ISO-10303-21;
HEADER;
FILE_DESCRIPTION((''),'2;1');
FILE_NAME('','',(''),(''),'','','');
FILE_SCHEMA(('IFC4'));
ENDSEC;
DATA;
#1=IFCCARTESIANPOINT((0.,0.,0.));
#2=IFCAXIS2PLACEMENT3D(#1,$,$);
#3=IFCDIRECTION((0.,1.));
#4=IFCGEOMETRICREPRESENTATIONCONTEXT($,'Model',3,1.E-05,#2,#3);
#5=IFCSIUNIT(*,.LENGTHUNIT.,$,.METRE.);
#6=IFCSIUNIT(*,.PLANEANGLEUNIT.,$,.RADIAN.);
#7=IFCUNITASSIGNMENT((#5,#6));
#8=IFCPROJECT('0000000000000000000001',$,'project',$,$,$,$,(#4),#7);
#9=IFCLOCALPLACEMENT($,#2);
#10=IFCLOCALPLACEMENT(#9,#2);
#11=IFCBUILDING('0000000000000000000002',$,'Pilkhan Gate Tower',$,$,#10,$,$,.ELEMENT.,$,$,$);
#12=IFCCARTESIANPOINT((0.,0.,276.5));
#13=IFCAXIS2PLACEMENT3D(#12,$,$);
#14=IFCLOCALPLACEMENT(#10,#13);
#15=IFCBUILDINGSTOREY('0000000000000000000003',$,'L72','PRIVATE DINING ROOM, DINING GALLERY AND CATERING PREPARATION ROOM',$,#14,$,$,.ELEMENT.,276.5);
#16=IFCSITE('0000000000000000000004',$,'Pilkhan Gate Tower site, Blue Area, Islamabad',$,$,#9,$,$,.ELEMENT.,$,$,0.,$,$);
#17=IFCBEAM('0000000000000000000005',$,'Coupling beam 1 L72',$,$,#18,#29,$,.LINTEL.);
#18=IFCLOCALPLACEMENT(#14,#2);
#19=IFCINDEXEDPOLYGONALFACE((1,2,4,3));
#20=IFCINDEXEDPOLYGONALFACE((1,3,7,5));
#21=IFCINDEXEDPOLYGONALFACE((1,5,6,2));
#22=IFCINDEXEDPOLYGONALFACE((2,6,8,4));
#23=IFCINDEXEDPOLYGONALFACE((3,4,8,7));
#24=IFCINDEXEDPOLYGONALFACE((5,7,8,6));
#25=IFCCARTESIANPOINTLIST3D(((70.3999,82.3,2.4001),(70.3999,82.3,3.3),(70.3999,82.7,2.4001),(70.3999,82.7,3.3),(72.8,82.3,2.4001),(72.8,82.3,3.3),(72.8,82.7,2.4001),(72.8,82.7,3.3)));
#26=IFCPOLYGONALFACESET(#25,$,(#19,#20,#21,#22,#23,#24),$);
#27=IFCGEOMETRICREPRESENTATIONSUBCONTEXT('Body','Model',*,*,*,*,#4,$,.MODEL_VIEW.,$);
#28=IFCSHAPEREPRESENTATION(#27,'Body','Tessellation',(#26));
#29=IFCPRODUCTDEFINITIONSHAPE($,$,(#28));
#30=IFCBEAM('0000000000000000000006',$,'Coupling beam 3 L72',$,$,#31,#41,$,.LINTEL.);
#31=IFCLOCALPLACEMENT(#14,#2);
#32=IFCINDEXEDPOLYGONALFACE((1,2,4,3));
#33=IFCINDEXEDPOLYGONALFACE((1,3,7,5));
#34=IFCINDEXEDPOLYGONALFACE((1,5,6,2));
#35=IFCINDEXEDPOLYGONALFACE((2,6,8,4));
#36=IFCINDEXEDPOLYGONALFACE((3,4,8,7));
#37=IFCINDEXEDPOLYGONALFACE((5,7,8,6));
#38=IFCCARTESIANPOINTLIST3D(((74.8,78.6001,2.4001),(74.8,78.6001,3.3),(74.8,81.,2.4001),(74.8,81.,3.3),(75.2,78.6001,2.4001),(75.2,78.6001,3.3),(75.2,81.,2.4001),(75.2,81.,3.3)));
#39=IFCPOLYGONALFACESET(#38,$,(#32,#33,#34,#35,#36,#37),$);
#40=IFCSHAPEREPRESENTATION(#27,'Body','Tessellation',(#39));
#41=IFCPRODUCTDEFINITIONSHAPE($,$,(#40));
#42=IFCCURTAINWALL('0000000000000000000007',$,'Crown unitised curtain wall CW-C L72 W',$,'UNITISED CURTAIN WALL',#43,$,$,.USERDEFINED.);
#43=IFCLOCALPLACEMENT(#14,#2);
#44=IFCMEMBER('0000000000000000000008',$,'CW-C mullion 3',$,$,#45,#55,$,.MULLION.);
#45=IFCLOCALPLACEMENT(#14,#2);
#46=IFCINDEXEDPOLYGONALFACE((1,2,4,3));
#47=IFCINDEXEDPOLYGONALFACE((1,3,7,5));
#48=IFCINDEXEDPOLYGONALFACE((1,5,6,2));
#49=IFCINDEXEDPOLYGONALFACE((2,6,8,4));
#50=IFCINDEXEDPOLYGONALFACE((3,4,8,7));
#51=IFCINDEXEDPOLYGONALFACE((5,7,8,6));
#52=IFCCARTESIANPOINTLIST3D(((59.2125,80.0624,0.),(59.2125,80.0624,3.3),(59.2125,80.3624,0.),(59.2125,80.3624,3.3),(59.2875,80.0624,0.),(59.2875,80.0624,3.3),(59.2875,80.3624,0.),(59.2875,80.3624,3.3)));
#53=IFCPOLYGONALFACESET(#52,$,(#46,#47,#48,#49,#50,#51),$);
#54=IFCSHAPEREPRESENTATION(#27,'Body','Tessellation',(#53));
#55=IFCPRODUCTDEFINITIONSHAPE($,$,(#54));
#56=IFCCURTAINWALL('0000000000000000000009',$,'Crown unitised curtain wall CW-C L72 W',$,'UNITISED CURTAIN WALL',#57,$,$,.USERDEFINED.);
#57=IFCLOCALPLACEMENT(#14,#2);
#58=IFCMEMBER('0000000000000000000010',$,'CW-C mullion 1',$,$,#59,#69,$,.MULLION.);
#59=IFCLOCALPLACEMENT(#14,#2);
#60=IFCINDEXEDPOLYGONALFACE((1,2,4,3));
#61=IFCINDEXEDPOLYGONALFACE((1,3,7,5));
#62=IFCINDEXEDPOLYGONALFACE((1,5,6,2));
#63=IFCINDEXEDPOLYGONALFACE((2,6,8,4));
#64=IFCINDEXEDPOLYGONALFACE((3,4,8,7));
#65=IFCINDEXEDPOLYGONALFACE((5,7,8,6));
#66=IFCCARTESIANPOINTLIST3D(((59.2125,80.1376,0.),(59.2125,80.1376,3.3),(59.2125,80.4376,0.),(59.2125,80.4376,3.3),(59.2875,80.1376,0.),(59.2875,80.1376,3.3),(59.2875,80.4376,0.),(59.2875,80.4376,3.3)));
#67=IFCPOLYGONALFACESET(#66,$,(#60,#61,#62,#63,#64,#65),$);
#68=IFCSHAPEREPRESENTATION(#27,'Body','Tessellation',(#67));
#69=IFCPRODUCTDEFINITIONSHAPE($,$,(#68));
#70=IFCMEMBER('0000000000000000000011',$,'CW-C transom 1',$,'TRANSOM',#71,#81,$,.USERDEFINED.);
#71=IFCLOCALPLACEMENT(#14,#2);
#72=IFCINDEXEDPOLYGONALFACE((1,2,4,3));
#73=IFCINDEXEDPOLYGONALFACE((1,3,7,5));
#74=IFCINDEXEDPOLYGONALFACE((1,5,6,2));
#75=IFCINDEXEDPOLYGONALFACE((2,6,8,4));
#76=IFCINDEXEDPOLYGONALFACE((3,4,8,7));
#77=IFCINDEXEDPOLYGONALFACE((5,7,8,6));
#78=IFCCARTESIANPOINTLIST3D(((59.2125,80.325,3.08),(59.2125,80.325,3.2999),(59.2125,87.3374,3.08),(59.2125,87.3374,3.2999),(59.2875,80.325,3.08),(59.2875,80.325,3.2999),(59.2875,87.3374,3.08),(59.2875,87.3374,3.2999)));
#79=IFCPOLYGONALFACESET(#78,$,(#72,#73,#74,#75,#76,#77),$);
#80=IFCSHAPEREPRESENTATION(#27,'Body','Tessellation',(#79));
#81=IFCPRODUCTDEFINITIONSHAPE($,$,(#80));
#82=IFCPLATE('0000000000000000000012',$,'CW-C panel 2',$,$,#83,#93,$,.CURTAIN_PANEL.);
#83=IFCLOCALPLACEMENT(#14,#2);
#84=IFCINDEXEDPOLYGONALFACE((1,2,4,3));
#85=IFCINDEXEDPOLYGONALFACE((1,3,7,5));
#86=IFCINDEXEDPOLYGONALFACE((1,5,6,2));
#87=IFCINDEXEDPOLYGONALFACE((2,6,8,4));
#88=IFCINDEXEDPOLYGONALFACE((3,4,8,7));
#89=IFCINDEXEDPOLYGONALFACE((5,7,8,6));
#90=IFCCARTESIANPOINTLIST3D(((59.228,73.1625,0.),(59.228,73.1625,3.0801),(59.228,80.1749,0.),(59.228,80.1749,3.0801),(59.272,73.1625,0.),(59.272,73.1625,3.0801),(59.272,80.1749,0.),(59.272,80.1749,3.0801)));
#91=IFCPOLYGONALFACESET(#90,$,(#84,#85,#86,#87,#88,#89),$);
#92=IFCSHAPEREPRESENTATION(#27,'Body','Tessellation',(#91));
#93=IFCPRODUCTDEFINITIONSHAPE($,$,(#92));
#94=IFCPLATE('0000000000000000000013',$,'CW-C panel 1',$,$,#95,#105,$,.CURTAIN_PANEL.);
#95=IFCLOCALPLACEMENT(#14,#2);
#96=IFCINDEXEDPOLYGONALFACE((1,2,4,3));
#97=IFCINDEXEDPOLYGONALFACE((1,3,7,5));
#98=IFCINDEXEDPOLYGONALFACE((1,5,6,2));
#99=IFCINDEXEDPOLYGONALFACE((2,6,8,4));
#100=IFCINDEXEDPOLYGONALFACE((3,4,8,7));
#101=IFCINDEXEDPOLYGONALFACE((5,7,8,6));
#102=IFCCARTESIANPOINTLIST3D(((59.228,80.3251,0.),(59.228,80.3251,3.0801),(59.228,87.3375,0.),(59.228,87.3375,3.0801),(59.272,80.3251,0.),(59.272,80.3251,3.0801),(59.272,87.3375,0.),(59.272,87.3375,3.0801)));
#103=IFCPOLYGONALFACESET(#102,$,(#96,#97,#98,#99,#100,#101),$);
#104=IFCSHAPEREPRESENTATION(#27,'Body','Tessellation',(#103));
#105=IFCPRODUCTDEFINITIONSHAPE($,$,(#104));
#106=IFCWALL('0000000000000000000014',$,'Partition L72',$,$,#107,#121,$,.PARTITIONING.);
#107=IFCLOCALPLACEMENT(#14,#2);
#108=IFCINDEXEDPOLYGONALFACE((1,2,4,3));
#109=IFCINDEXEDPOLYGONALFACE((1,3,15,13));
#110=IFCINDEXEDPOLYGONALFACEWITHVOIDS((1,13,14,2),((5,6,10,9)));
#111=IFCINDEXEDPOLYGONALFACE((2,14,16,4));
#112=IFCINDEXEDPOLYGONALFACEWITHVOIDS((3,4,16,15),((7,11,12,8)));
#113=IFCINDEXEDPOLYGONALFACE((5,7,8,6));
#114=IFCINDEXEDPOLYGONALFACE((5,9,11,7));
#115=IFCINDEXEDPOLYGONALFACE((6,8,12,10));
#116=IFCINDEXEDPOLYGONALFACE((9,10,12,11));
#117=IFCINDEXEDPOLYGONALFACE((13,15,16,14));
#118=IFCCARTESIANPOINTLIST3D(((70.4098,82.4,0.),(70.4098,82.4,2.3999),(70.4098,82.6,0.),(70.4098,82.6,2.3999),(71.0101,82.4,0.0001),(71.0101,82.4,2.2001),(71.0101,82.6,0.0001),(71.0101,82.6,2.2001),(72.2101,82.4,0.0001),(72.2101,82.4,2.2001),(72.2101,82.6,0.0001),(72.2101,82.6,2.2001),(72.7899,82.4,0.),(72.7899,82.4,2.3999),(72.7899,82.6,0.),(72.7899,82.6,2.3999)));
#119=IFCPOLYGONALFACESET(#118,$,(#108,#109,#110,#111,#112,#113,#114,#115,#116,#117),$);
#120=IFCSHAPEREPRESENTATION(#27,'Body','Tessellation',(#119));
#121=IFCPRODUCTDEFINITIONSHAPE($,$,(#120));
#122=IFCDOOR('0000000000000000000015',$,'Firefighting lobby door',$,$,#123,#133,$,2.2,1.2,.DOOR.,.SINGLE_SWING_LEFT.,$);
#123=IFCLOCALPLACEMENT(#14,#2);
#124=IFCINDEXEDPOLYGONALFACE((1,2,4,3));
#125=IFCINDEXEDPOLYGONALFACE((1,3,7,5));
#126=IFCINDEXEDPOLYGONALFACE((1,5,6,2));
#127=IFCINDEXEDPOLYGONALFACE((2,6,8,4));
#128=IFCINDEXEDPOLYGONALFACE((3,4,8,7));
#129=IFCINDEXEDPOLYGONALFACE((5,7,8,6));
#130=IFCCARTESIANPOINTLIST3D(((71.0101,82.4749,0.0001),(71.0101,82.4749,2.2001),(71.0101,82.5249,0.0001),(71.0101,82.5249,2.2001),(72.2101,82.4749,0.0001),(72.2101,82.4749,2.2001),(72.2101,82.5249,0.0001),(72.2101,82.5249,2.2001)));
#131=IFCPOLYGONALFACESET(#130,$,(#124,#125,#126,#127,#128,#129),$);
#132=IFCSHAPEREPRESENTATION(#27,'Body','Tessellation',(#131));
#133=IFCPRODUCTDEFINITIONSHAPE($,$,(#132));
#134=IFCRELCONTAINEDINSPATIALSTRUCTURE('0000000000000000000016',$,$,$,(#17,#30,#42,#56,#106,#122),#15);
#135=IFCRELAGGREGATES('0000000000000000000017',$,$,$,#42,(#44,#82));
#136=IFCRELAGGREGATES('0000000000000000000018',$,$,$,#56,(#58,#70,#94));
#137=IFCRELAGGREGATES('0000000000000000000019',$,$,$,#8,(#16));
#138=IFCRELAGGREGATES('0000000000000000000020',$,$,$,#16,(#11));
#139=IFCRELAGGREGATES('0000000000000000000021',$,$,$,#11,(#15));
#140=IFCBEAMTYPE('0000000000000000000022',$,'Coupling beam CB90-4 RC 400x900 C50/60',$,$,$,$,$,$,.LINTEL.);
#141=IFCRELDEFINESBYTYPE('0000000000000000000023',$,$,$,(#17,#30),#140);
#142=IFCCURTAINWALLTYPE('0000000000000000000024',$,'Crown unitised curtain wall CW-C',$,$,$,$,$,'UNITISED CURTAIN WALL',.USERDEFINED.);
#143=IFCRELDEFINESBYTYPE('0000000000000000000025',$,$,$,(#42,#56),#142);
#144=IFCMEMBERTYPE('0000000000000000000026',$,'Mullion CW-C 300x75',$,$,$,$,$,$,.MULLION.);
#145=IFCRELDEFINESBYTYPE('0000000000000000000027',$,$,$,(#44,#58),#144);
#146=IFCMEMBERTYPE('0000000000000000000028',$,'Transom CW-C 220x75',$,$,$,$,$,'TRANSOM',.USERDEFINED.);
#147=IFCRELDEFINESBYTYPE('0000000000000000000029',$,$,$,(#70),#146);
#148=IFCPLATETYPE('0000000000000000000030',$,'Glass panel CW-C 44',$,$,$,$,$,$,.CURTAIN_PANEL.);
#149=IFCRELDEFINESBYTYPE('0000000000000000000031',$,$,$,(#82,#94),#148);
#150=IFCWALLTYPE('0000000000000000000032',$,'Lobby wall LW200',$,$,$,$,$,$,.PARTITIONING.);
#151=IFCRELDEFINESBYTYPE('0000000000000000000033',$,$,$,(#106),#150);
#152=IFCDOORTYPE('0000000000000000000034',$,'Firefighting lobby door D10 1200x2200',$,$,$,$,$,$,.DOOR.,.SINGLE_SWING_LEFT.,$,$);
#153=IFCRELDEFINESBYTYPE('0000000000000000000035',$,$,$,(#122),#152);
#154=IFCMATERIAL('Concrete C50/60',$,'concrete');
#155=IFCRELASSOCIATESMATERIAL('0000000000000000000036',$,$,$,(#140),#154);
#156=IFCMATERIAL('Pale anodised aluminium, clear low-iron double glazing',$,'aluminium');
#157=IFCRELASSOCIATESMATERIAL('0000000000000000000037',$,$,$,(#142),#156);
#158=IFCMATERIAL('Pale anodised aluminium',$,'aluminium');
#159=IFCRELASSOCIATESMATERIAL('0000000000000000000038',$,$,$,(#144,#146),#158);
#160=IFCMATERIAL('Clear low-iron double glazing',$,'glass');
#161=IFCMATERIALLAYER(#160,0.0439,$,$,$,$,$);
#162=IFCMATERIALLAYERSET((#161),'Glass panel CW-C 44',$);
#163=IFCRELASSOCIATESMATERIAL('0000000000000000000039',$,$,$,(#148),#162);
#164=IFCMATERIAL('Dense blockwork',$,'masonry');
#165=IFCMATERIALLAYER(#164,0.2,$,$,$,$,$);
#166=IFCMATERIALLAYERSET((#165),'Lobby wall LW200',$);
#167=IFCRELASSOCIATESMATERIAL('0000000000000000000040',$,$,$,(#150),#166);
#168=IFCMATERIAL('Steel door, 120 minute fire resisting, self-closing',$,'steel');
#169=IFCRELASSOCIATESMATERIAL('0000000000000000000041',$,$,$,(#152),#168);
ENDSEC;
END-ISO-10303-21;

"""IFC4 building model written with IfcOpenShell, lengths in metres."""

from ifc_helpers import new_model, si_unit, direction, frame, frame_2d, origin, origin_2d, place, context, subcontext, project, spatial, rectangle, extrude, material, layer, layer_set, material_profile, profile_set, type_object, element, fill, aggregate, save


model = new_model("IFC4")

# Units and contexts
model_context = context("Model", 3, precision=1e-05, world=origin(), true_north=direction((0.0, 1.0)))
body_context = subcontext(model_context, "Body", "Model", "MODEL_VIEW")
ifc_project = project(units=[si_unit("LENGTHUNIT", "METRE"), si_unit("PLANEANGLEUNIT", "RADIAN")], contexts=[model_context])

# Site, building, storey
site_placement = place(None, origin())
site = spatial("IfcSite", under=ifc_project, at=site_placement, Name="Pilkhan Gate Tower site, Blue Area, Islamabad", CompositionType="ELEMENT", RefElevation=0.0)
building_placement = place(site_placement, origin())
building = spatial("IfcBuilding", under=site, at=building_placement, Name="Pilkhan Gate Tower", CompositionType="ELEMENT")
storey_placement = place(building_placement, frame((0.0, 0.0, 276.5)))
storey = spatial("IfcBuildingStorey", under=building, at=storey_placement, Name="L72", Description="PRIVATE DINING ROOM, DINING GALLERY AND CATERING PREPARATION ROOM", CompositionType="ELEMENT", Elevation=276.5)

# Beams
ifc_material_1 = material(Name="Concrete C50/60", Category="concrete")
ifc_material_profile_1 = material_profile(ifc_material_1, rectangle(XDim=0.3999, YDim=0.8999, at=origin_2d()), Name="RC 400x900")
ifc_profile_set_1 = profile_set([ifc_material_profile_1], Name="Concrete C50/60")
beam_type = type_object("IfcBeamType", Name="Coupling beam CB90-4 RC 400x900 C50/60", PredefinedType="LINTEL", material=ifc_profile_set_1)
beam_1_placement = place(storey_placement, frame((70.3999, 82.5, 2.8501), z_axis=(1.0, 0.0, 0.0), x_axis=(0.0, 1.0, 0.0)))
element("IfcBeam", 1, at=beam_1_placement, inside=storey, type_object=beam_type, Name="Coupling beam 1 L72", PredefinedType="LINTEL", context=body_context, shape_type="SweptSolid", body=[
    extrude(rectangle(XDim=0.3999, YDim=0.8999, at=origin_2d()), origin(), (0.0, 0.0, 1.0), 2.4001),
])
beam_2_placement = place(storey_placement, frame((75.0, 78.6001, 2.8501), z_axis=(0.0, 1.0, 0.0), x_axis=(-1.0, 0.0, 0.0)))
element("IfcBeam", 2, at=beam_2_placement, inside=storey, type_object=beam_type, Name="Coupling beam 3 L72", PredefinedType="LINTEL", context=body_context, shape_type="SweptSolid", body=[
    extrude(rectangle(XDim=0.3999, YDim=0.8999, at=origin_2d()), origin(), (0.0, 0.0, 1.0), 2.3999),
])

# Curtain wall, member
ifc_material_2 = material(Name="Pale anodised aluminium, clear low-iron double glazing", Category="aluminium")
curtain_wall_type = type_object("IfcCurtainWallType", Name="Crown unitised curtain wall CW-C", ElementType="UNITISED CURTAIN WALL", PredefinedType="USERDEFINED", material=ifc_material_2)
curtain_wall_1_placement = place(storey_placement, origin())
curtain_wall_1 = element("IfcCurtainWall", 3, at=curtain_wall_1_placement, inside=storey, type_object=curtain_wall_type, Name="Crown unitised curtain wall CW-C L72 W", ObjectType="UNITISED CURTAIN WALL", PredefinedType="USERDEFINED")
ifc_material_3 = material(Name="Pale anodised aluminium", Category="aluminium")
ifc_material_profile_2 = material_profile(ifc_material_3, rectangle(XDim=0.075, YDim=0.3, at=origin_2d()), Name="Mullion 300x75")
ifc_profile_set_2 = profile_set([ifc_material_profile_2], Name="Pale anodised aluminium")
member_type_1 = type_object("IfcMemberType", Name="Mullion CW-C 300x75", PredefinedType="MULLION", material=ifc_profile_set_2)
member_1_placement = place(storey_placement, frame((59.25, 80.2124, 0.0), z_axis=(0.0, 0.0, 1.0), x_axis=(-1.0, 0.0, 0.0)))
member_1 = element("IfcMember", 4, at=member_1_placement, type_object=member_type_1, Name="CW-C mullion 3", PredefinedType="MULLION", context=body_context, shape_type="SweptSolid", body=[
    extrude(rectangle(XDim=0.075, YDim=0.3, at=origin_2d()), origin(), (0.0, 0.0, 1.0), 3.3),
])

# Curtain wall, members
curtain_wall_2_placement = place(storey_placement, origin())
curtain_wall_2 = element("IfcCurtainWall", 5, at=curtain_wall_2_placement, inside=storey, type_object=curtain_wall_type, Name="Crown unitised curtain wall CW-C L72 W", ObjectType="UNITISED CURTAIN WALL", PredefinedType="USERDEFINED")
member_2_placement = place(storey_placement, frame((59.25, 80.2876, 0.0), z_axis=(0.0, 0.0, 1.0), x_axis=(-1.0, 0.0, 0.0)))
member_2 = element("IfcMember", 6, at=member_2_placement, type_object=member_type_1, Name="CW-C mullion 1", PredefinedType="MULLION", context=body_context, shape_type="SweptSolid", body=[
    extrude(rectangle(XDim=0.075, YDim=0.3, at=origin_2d()), origin(), (0.0, 0.0, 1.0), 3.3),
])
ifc_material_profile_3 = material_profile(ifc_material_3, rectangle(XDim=0.075, YDim=0.22, at=origin_2d()), Name="Transom 220x75")
ifc_profile_set_3 = profile_set([ifc_material_profile_3], Name="Pale anodised aluminium")
member_type_2 = type_object("IfcMemberType", Name="Transom CW-C 220x75", ElementType="TRANSOM", PredefinedType="USERDEFINED", material=ifc_profile_set_3)
member_3_placement = place(storey_placement, frame((59.25, 80.325, 3.1899), z_axis=(0.0, 1.0, 0.0), x_axis=(-1.0, 0.0, 0.0)))
member_3 = element("IfcMember", 7, at=member_3_placement, type_object=member_type_2, Name="CW-C transom 1", ObjectType="TRANSOM", PredefinedType="USERDEFINED", context=body_context, shape_type="SweptSolid", body=[
    extrude(rectangle(XDim=0.075, YDim=0.22, at=origin_2d()), origin(), (0.0, 0.0, 1.0), 7.0125),
])

# Plates
ifc_material_4 = material(Name="Clear low-iron double glazing", Category="glass")
ifc_layer_1 = layer(ifc_material_4, 0.0439)
ifc_layer_set_1 = layer_set([ifc_layer_1], Name="Glass panel CW-C 44")
plate_type = type_object("IfcPlateType", Name="Glass panel CW-C 44", PredefinedType="CURTAIN_PANEL", material=ifc_layer_set_1)
plate_1_placement = place(storey_placement, frame((59.25, 76.6687, 0.0), z_axis=(0.0, 0.0, 1.0), x_axis=(0.0, 1.0, 0.0)))
plate_1 = element("IfcPlate", 8, at=plate_1_placement, type_object=plate_type, Name="CW-C panel 2", PredefinedType="CURTAIN_PANEL", context=body_context, shape_type="SweptSolid", body=[
    extrude(rectangle(XDim=7.0125, YDim=0.0439, at=origin_2d()), origin(), (0.0, 0.0, 1.0), 3.0801),
])
aggregate(curtain_wall_1, [member_1, plate_1])
plate_2_placement = place(storey_placement, frame((59.25, 83.8313, 0.0), z_axis=(0.0, 0.0, 1.0), x_axis=(0.0, 1.0, 0.0)))
plate_2 = element("IfcPlate", 9, at=plate_2_placement, type_object=plate_type, Name="CW-C panel 1", PredefinedType="CURTAIN_PANEL", context=body_context, shape_type="SweptSolid", body=[
    extrude(rectangle(XDim=7.0125, YDim=0.0439, at=origin_2d()), origin(), (0.0, 0.0, 1.0), 3.0801),
])
aggregate(curtain_wall_2, [member_2, member_3, plate_2])

# Wall, opening, door
ifc_material_5 = material(Name="Dense blockwork", Category="masonry")
ifc_layer_2 = layer(ifc_material_5, 0.2)
ifc_layer_set_2 = layer_set([ifc_layer_2], Name="Lobby wall LW200")
wall_type_1 = type_object("IfcWallType", Name="Lobby wall LW200", PredefinedType="PARTITIONING", material=ifc_layer_set_2)
wall_1_placement = place(storey_placement, frame((70.4099, 82.5, 0.0), z_axis=(0.0, 0.0, 1.0), x_axis=(1.0, 0.0, 0.0)))
wall_1 = element("IfcWall", 10, at=wall_1_placement, inside=storey, type_object=wall_type_1, Name="Partition L72", PredefinedType="PARTITIONING", context=body_context, shape_type="SweptSolid", body=[
    extrude(rectangle(XDim=2.3801, YDim=0.2, at=frame_2d((1.1899, 0.0))), origin(), (0.0, 0.0, 1.0), 2.3999),
])
opening_1_placement = place(wall_1_placement, frame((0.6001, 0.0, 0.0)))
opening_1 = element("IfcOpeningElement", 11, at=opening_1_placement, cuts=wall_1, PredefinedType="OPENING", context=body_context, shape_type="SweptSolid", body=[
    extrude(rectangle(XDim=1.2, YDim=2.2, at=frame_2d((0.6001, 1.1001))), frame((0.0, 0.1099, 0.0), z_axis=(0.0, -1.0, 0.0), x_axis=(1.0, 0.0, 0.0)), (0.0, 0.0, 1.0), 0.22),
])
ifc_material_6 = material(Name="Steel door, 120 minute fire resisting, self-closing", Category="steel")
door_type_1 = type_object("IfcDoorType", Name="Firefighting lobby door D10 1200x2200", OperationType="SINGLE_SWING_LEFT", PredefinedType="DOOR", material=ifc_material_6)
door_1_placement = place(opening_1_placement, origin())
door_1 = element("IfcDoor", 12, at=door_1_placement, inside=storey, type_object=door_type_1, Name="Firefighting lobby door", OperationType="SINGLE_SWING_LEFT", OverallHeight=2.2, OverallWidth=1.2, PredefinedType="DOOR", context=body_context, shape_type="SweptSolid", body=[
    extrude(rectangle(XDim=1.2, YDim=2.2, at=frame_2d((0.6001, 1.1001))), frame((0.0, 0.0249, 0.0), z_axis=(0.0, -1.0, 0.0), x_axis=(1.0, 0.0, 0.0)), (0.0, 0.0, 1.0), 0.05),
])
fill(opening_1, door_1)

save(model, "model.ifc")
